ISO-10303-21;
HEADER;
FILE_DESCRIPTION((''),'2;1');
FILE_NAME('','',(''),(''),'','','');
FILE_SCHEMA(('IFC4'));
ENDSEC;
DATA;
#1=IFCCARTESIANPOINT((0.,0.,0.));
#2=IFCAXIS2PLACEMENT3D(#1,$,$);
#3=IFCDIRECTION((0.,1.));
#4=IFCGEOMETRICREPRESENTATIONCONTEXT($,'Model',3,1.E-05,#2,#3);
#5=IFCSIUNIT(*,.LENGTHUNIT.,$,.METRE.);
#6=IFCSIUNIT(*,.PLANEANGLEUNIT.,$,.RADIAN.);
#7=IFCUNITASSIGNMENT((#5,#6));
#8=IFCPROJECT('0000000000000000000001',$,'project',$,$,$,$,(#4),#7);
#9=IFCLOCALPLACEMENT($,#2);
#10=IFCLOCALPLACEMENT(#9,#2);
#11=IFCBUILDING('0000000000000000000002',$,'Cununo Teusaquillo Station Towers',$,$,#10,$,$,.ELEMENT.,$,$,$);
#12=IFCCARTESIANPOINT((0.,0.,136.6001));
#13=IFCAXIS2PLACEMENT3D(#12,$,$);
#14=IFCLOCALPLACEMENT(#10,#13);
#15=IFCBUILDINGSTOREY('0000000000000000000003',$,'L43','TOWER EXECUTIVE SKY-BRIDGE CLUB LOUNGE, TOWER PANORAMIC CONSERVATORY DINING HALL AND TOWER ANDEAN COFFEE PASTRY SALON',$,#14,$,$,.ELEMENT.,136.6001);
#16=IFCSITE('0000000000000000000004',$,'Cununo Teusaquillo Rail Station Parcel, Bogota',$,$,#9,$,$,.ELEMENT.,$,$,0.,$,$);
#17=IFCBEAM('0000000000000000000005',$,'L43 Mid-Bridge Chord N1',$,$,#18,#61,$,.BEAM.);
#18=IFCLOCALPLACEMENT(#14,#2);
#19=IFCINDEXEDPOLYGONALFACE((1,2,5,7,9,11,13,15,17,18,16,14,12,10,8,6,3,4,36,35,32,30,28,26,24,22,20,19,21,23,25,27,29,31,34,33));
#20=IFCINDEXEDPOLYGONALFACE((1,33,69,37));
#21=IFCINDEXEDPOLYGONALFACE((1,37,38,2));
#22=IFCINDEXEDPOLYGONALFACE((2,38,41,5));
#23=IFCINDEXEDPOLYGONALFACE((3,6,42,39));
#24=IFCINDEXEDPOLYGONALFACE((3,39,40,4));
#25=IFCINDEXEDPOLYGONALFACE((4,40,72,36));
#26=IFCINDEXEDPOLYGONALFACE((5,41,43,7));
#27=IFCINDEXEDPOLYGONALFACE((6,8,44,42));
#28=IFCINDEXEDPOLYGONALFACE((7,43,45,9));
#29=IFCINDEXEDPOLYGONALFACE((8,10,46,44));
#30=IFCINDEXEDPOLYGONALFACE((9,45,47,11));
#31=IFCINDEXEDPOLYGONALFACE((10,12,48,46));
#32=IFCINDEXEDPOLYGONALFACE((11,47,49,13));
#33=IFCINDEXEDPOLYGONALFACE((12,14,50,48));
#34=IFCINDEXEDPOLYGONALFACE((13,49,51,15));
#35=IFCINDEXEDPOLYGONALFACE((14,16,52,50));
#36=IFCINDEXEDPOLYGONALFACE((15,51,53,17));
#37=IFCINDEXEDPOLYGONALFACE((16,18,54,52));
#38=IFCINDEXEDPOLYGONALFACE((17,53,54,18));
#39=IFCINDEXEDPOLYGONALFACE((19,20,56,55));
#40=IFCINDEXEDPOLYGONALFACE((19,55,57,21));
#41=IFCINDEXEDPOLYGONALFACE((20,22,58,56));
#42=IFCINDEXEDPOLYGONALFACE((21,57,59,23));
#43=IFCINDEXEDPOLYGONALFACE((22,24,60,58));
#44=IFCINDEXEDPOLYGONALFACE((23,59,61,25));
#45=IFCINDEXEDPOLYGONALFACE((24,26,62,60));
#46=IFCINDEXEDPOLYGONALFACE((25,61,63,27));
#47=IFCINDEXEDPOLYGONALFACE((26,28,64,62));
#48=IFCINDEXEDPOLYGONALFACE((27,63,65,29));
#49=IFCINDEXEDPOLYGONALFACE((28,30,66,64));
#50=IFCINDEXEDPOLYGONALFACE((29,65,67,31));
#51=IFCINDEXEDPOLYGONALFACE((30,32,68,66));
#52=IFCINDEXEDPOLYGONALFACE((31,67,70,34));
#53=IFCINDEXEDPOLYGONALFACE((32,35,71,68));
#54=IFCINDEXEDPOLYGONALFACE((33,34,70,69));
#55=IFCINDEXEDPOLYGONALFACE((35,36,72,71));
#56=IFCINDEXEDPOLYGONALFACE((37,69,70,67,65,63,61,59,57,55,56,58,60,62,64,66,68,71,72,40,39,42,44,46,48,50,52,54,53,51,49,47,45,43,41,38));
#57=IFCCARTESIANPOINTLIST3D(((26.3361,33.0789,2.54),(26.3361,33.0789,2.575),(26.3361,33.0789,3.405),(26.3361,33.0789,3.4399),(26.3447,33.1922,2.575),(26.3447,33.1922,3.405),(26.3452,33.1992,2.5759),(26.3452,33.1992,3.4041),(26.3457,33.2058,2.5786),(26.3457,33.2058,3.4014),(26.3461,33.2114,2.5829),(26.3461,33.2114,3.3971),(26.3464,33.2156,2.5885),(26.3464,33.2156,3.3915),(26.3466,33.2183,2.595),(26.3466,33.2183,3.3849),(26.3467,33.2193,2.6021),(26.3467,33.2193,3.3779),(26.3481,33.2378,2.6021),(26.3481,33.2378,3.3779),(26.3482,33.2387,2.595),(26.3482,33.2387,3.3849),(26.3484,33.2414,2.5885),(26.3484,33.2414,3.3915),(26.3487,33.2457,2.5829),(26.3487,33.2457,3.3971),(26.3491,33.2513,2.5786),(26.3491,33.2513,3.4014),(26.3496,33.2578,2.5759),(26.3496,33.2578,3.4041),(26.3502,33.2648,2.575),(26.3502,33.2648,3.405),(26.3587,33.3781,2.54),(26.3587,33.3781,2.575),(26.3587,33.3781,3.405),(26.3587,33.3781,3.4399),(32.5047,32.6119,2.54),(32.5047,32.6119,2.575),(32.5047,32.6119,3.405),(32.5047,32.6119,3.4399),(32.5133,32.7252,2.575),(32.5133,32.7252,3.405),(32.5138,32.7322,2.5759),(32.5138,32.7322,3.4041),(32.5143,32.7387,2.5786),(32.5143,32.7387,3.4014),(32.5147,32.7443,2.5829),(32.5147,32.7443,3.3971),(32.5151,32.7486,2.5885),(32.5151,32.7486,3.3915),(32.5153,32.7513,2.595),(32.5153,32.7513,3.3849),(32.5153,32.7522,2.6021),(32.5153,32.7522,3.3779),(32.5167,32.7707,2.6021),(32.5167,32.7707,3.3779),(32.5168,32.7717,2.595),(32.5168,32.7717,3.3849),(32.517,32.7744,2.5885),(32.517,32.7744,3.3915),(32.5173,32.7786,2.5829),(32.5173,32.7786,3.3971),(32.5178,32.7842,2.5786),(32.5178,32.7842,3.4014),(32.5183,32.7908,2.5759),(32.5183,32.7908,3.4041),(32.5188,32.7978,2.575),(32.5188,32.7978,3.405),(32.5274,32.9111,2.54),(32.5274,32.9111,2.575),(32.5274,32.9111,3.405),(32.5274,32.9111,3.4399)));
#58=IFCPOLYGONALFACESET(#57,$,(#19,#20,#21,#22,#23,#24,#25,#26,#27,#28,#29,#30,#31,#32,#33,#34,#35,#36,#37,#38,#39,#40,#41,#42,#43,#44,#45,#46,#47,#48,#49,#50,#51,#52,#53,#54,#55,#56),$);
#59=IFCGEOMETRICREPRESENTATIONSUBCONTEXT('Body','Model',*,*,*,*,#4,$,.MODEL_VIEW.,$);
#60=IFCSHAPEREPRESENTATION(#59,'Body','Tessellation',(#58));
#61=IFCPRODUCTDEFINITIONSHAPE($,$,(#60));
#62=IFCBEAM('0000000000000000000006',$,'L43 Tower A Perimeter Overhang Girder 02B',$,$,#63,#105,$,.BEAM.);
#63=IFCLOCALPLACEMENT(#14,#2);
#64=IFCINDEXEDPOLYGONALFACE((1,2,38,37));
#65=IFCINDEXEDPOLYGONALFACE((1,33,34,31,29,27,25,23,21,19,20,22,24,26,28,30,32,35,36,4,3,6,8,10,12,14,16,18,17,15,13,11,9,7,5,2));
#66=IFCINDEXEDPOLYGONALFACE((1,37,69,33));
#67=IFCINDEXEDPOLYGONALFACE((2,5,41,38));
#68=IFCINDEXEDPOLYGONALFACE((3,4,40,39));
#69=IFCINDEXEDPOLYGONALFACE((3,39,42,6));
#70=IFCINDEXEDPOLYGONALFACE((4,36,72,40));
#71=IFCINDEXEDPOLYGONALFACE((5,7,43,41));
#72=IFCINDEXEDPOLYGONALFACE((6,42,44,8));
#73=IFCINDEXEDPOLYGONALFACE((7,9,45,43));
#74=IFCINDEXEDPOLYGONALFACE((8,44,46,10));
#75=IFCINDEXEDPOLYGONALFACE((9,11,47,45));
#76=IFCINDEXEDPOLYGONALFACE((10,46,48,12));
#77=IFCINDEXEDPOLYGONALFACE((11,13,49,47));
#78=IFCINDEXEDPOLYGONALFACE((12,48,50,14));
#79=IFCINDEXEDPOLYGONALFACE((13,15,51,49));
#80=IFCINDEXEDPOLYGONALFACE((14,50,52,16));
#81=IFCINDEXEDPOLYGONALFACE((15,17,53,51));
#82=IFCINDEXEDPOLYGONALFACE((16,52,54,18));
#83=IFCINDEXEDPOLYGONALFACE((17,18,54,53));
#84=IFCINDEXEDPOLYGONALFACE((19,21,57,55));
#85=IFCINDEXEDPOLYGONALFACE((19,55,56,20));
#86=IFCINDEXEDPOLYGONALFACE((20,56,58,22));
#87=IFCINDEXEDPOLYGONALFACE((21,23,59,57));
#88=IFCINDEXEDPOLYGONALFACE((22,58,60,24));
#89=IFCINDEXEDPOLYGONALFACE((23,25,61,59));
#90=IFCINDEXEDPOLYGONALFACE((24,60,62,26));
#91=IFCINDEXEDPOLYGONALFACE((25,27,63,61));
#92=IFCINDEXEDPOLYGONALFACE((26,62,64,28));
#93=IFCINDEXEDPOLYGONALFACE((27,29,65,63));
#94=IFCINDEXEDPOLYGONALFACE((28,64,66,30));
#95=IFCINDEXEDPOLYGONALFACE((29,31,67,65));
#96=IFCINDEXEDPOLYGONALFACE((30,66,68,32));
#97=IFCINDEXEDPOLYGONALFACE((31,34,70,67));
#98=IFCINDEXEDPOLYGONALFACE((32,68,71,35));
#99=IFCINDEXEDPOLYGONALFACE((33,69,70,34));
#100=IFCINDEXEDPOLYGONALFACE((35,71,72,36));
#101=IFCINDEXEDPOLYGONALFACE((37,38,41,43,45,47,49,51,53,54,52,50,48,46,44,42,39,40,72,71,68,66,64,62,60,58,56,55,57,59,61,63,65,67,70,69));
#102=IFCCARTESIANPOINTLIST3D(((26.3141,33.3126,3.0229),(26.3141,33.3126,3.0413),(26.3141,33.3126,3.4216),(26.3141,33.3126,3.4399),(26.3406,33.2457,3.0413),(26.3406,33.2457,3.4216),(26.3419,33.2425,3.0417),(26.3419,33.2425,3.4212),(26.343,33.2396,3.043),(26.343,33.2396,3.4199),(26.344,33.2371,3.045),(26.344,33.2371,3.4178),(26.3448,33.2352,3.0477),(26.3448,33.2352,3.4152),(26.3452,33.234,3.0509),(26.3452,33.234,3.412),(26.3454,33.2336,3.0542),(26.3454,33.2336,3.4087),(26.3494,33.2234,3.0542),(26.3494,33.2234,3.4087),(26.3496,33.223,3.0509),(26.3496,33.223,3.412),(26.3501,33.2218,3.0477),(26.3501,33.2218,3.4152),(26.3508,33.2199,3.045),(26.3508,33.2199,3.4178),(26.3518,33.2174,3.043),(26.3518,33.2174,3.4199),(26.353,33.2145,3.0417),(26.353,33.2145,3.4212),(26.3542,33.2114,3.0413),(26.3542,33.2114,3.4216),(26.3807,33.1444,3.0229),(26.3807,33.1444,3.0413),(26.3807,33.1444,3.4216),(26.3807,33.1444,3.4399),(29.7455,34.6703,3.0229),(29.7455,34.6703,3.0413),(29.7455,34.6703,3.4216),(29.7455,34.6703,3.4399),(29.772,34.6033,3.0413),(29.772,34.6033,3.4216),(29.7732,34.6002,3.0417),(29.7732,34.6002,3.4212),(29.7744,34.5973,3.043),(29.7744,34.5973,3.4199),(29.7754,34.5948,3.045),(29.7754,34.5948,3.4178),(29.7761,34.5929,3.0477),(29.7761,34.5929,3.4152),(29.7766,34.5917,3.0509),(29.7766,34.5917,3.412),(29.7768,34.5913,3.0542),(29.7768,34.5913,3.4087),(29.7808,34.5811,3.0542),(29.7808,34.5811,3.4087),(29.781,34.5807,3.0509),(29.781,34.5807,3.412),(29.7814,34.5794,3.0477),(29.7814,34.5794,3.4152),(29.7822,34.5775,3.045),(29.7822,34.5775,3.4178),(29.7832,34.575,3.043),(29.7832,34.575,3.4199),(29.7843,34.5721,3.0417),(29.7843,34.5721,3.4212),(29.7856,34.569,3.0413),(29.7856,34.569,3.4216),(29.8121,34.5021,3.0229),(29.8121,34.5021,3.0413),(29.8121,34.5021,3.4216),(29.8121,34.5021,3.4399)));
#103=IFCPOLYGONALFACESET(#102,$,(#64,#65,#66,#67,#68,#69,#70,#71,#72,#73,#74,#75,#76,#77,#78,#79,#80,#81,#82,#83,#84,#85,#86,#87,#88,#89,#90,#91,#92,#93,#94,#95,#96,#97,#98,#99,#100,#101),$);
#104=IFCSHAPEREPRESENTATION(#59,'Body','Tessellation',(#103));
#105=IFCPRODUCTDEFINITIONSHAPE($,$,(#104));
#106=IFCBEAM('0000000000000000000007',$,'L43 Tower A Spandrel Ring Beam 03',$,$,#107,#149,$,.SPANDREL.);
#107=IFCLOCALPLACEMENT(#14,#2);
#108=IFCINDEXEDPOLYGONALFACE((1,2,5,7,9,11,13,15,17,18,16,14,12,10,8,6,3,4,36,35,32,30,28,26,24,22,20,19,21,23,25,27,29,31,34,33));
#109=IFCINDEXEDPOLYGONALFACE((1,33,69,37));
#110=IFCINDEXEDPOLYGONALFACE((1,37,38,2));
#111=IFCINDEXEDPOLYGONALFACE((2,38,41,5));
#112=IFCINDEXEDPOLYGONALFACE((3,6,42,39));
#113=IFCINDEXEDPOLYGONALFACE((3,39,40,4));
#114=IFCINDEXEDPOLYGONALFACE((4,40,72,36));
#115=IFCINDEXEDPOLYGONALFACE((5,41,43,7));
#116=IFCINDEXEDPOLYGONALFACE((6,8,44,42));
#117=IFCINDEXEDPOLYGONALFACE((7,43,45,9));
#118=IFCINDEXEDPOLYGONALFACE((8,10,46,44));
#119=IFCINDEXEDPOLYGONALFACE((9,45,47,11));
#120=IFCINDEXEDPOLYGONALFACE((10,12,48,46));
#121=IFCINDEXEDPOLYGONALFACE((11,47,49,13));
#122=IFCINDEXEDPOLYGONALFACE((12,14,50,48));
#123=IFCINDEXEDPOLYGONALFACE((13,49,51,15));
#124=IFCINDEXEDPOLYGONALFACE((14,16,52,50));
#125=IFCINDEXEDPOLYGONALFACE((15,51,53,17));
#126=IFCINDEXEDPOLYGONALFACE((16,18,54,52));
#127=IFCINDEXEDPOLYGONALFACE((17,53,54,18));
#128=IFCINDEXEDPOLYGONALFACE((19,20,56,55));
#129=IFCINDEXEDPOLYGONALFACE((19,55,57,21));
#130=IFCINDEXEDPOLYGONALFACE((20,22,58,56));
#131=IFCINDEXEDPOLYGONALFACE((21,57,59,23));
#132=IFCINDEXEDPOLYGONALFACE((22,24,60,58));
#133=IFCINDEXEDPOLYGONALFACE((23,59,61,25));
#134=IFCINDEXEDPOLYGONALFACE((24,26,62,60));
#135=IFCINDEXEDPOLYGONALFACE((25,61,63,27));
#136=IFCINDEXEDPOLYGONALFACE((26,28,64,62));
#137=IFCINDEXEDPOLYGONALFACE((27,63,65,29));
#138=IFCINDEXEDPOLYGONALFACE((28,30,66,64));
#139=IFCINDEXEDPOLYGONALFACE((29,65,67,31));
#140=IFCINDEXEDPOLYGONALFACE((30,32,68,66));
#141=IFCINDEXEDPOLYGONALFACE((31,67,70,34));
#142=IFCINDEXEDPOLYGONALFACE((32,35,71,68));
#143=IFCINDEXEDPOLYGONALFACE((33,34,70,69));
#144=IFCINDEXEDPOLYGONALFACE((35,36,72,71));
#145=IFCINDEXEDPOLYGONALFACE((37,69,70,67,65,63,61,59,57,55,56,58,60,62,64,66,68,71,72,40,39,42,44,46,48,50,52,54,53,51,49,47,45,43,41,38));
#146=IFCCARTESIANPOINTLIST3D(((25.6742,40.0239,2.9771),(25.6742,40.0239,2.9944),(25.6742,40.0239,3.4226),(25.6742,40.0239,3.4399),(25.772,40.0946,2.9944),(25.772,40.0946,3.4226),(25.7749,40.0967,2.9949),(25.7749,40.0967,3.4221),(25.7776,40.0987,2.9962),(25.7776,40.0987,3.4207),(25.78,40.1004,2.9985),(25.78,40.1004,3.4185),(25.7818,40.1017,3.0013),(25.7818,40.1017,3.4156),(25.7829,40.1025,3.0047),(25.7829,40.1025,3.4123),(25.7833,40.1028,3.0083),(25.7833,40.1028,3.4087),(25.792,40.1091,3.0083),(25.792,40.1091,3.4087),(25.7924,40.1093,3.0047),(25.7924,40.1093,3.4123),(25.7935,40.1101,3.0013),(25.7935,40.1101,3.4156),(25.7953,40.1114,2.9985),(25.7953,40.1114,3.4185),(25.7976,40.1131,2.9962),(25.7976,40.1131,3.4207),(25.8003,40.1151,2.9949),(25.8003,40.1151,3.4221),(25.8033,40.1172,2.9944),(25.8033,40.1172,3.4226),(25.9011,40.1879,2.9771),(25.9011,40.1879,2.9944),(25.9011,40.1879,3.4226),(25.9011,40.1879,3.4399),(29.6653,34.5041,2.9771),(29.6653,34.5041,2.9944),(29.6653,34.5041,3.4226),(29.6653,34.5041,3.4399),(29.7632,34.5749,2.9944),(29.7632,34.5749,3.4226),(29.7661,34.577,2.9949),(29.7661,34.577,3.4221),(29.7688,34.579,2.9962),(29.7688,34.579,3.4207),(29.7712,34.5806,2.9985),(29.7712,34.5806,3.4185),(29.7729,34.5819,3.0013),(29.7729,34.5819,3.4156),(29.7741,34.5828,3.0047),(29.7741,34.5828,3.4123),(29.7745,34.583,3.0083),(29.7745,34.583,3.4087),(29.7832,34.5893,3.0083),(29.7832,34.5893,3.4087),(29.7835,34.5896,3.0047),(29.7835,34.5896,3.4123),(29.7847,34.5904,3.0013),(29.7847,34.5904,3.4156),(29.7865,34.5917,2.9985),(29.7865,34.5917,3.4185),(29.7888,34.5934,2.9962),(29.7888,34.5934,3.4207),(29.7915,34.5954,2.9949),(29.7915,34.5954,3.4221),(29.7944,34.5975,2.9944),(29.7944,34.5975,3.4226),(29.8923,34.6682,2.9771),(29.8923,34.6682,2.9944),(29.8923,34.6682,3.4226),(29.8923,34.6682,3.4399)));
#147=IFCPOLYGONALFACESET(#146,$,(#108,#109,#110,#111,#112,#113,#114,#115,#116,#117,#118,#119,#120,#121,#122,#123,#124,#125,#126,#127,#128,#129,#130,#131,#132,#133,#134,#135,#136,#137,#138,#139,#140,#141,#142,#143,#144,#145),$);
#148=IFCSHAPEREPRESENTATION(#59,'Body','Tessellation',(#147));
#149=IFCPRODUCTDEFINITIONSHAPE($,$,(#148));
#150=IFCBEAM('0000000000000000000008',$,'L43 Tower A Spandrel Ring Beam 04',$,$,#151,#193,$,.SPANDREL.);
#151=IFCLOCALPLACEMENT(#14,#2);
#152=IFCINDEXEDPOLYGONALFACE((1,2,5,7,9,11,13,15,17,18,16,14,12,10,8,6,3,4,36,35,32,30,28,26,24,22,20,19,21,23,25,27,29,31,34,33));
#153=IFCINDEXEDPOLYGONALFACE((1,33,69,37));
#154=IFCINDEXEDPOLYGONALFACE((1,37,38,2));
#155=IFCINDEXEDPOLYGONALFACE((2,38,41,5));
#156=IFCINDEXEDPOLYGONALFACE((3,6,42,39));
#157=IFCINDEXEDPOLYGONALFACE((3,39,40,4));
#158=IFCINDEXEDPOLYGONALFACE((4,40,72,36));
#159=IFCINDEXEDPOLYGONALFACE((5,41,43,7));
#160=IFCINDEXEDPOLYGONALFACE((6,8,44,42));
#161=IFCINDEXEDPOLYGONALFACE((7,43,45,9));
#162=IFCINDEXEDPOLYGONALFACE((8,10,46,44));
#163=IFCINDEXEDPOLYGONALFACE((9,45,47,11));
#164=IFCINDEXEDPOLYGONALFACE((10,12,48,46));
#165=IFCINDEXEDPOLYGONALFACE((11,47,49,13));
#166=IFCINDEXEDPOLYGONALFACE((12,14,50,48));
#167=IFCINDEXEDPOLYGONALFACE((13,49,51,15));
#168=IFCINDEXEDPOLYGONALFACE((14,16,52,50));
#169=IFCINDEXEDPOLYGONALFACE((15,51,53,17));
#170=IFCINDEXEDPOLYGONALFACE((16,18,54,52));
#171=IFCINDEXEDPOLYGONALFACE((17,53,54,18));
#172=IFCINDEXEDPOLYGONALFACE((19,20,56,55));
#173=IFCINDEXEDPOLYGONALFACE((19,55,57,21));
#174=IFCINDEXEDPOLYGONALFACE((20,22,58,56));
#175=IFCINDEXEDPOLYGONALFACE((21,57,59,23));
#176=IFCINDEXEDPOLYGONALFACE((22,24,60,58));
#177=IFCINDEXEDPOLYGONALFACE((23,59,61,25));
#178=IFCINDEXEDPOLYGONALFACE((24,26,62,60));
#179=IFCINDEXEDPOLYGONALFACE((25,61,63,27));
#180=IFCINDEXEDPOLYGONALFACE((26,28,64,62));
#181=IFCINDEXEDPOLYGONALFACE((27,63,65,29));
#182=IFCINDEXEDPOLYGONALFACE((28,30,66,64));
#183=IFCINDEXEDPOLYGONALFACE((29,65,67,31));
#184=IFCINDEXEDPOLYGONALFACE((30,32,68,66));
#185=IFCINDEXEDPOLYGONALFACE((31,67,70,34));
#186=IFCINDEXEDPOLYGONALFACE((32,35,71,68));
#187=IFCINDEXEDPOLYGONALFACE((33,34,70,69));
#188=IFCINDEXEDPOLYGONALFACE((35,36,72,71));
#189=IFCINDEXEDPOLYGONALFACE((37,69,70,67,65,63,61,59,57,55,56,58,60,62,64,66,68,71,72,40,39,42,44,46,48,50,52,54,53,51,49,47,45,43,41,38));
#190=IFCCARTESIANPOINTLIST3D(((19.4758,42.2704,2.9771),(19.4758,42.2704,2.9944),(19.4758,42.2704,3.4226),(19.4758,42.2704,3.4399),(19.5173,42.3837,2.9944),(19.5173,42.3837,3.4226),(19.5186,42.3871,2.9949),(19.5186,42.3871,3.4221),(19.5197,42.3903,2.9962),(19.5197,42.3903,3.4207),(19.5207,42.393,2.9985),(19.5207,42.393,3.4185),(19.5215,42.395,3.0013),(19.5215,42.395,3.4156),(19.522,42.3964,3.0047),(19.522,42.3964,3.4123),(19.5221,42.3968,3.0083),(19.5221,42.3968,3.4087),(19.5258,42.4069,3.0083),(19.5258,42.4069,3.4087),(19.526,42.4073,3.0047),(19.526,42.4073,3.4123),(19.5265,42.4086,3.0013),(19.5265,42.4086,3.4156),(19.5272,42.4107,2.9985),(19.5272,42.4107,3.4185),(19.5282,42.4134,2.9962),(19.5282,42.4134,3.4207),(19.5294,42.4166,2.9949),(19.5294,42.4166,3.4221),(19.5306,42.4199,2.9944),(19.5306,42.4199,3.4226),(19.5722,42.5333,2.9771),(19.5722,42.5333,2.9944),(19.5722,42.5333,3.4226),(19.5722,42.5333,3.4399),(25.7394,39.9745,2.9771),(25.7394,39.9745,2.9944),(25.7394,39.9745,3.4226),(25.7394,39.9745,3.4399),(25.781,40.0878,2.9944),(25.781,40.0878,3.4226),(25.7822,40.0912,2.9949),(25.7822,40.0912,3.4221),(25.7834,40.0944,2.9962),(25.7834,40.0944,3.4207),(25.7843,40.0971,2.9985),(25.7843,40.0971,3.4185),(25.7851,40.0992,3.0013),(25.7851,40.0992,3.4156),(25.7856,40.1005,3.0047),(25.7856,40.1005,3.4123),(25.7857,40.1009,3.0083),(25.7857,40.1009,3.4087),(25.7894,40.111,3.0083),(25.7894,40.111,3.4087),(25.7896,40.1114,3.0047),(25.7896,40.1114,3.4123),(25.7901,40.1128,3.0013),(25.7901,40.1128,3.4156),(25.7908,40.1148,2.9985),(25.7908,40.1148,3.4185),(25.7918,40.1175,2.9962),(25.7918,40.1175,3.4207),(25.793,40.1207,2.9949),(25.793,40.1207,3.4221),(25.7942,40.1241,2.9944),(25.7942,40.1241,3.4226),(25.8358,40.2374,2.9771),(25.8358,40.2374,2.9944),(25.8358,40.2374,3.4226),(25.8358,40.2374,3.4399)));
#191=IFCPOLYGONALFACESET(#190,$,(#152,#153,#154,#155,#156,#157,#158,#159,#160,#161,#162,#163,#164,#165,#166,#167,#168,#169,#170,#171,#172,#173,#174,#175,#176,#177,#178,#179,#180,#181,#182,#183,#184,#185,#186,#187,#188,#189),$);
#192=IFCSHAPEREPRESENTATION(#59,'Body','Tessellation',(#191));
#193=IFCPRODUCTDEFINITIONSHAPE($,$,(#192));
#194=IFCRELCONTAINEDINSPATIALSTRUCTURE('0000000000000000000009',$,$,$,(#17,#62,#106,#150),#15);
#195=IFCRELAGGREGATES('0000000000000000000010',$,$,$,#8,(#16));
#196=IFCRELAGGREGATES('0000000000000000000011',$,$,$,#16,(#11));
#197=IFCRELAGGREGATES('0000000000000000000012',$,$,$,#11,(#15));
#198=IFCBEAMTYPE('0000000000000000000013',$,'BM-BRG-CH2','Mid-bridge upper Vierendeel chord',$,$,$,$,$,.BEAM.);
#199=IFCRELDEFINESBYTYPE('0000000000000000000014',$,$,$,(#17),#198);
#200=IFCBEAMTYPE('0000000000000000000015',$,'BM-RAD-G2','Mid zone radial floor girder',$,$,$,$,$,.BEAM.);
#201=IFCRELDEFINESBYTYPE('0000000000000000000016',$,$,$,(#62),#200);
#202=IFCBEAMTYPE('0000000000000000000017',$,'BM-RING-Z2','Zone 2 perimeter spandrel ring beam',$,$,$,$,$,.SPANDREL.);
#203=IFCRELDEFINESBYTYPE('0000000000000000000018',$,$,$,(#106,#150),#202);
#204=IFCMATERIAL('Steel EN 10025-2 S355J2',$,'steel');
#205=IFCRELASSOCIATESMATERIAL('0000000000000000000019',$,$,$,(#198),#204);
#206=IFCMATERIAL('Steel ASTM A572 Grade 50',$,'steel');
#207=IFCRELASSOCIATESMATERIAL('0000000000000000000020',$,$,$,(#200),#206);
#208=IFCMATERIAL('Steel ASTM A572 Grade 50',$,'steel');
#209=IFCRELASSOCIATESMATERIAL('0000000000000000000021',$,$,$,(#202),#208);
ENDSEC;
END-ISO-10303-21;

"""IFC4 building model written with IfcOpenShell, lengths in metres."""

from ifc_helpers import new_model, si_unit, direction, frame, origin, origin_2d, place, context, subcontext, project, spatial, i_section, extrude, material, material_profile, profile_set, type_object, element, save


model = new_model("IFC4")

# Units and contexts
model_context = context("Model", 3, precision=1e-05, world=origin(), true_north=direction((0.0, 1.0)))
body_context = subcontext(model_context, "Body", "Model", "MODEL_VIEW")
ifc_project = project(units=[si_unit("LENGTHUNIT", "METRE"), si_unit("PLANEANGLEUNIT", "RADIAN")], contexts=[model_context])

# Site, building, storey
site_placement = place(None, origin())
site = spatial("IfcSite", under=ifc_project, at=site_placement, Name="Cununo Teusaquillo Rail Station Parcel, Bogota", CompositionType="ELEMENT", RefElevation=0.0)
building_placement = place(site_placement, origin())
building = spatial("IfcBuilding", under=site, at=building_placement, Name="Cununo Teusaquillo Station Towers", CompositionType="ELEMENT")
storey_placement = place(building_placement, frame((0.0, 0.0, 136.6001)))
storey = spatial("IfcBuildingStorey", under=building, at=storey_placement, Name="L43", Description="TOWER EXECUTIVE SKY-BRIDGE CLUB LOUNGE, TOWER PANORAMIC CONSERVATORY DINING HALL AND TOWER ANDEAN COFFEE PASTRY SALON", CompositionType="ELEMENT", Elevation=136.6001)

# Beams
ifc_material_1 = material(Name="Steel EN 10025-2 S355J2", Category="steel")
ifc_material_profile_1 = material_profile(ifc_material_1, i_section(OverallWidth=0.3, OverallDepth=0.8999, WebThickness=0.0186, FlangeThickness=0.0349, FilletRadius=0.0271, at=origin_2d()), Name="HEB 900")
ifc_profile_set_1 = profile_set([ifc_material_profile_1], Name="Steel EN 10025-2 S355J2")
beam_type_1 = type_object("IfcBeamType", Name="BM-BRG-CH2", Description="Mid-bridge upper Vierendeel chord", PredefinedType="BEAM", material=ifc_profile_set_1)
beam_1_placement = place(storey_placement, frame((26.3474, 33.2285, 2.99), z_axis=(0.997146, -0.075495, 0.0), x_axis=(0.075495, 0.997146, 0.0)))
element("IfcBeam", 1, at=beam_1_placement, inside=storey, type_object=beam_type_1, Name="L43 Mid-Bridge Chord N1", PredefinedType="BEAM", context=body_context, shape_type="SweptSolid", body=[
    extrude(i_section(OverallWidth=0.3, OverallDepth=0.8999, WebThickness=0.0186, FlangeThickness=0.0349, FilletRadius=0.0271, at=origin_2d()), origin(), (0.0, 0.0, 1.0), 6.1863),
])
ifc_material_2 = material(Name="Steel ASTM A572 Grade 50", Category="steel")
ifc_material_profile_2 = material_profile(ifc_material_2, i_section(OverallWidth=0.1809, OverallDepth=0.417, WebThickness=0.011, FlangeThickness=0.0183, FilletRadius=0.0129, at=origin_2d()), Name="W16X57")
ifc_profile_set_2 = profile_set([ifc_material_profile_2], Name="Steel ASTM A572 Grade 50")
beam_type_2 = type_object("IfcBeamType", Name="BM-RAD-G2", Description="Mid zone radial floor girder", PredefinedType="BEAM", material=ifc_profile_set_2)
beam_2_placement = place(storey_placement, frame((26.3474, 33.2285, 3.2314), z_axis=(0.929862, 0.367909, 0.0), x_axis=(-0.367909, 0.929862, 0.0)))
element("IfcBeam", 2, at=beam_2_placement, inside=storey, type_object=beam_type_2, Name="L43 Tower A Perimeter Overhang Girder 02B", PredefinedType="BEAM", context=body_context, shape_type="SweptSolid", body=[
    extrude(i_section(OverallWidth=0.1809, OverallDepth=0.417, WebThickness=0.011, FlangeThickness=0.0183, FilletRadius=0.0129, at=origin_2d()), origin(), (0.0, 0.0, 1.0), 3.6902),
])
ifc_material_3 = material(Name="Steel ASTM A572 Grade 50", Category="steel")
ifc_material_profile_3 = material_profile(ifc_material_3, i_section(OverallWidth=0.28, OverallDepth=0.4629, WebThickness=0.0107, FlangeThickness=0.0173, FilletRadius=0.0139, at=origin_2d()), Name="W18X76")
ifc_profile_set_3 = profile_set([ifc_material_profile_3], Name="Steel ASTM A572 Grade 50")
beam_type_3 = type_object("IfcBeamType", Name="BM-RING-Z2", Description="Zone 2 perimeter spandrel ring beam", PredefinedType="SPANDREL", material=ifc_profile_set_3)
beam_3_placement = place(storey_placement, frame((29.7788, 34.5862, 3.2085), z_axis=(-0.585945, 0.810351, 0.0), x_axis=(-0.810351, -0.585945, 0.0)))
element("IfcBeam", 3, at=beam_3_placement, inside=storey, type_object=beam_type_3, Name="L43 Tower A Spandrel Ring Beam 03", PredefinedType="SPANDREL", context=body_context, shape_type="SweptSolid", body=[
    extrude(i_section(OverallWidth=0.28, OverallDepth=0.4629, WebThickness=0.0107, FlangeThickness=0.0173, FilletRadius=0.0139, at=origin_2d()), origin(), (0.0, 0.0, 1.0), 6.8115),
])
beam_4_placement = place(storey_placement, frame((25.7876, 40.106, 3.2085), z_axis=(-0.938914, 0.344151, 0.0), x_axis=(-0.344151, -0.938914, 0.0)))
element("IfcBeam", 4, at=beam_4_placement, inside=storey, type_object=beam_type_3, Name="L43 Tower A Spandrel Ring Beam 04", PredefinedType="SPANDREL", context=body_context, shape_type="SweptSolid", body=[
    extrude(i_section(OverallWidth=0.28, OverallDepth=0.4629, WebThickness=0.0107, FlangeThickness=0.0173, FilletRadius=0.0139, at=origin_2d()), origin(), (0.0, 0.0, 1.0), 6.6711),
])

save(model, "model.ifc")
